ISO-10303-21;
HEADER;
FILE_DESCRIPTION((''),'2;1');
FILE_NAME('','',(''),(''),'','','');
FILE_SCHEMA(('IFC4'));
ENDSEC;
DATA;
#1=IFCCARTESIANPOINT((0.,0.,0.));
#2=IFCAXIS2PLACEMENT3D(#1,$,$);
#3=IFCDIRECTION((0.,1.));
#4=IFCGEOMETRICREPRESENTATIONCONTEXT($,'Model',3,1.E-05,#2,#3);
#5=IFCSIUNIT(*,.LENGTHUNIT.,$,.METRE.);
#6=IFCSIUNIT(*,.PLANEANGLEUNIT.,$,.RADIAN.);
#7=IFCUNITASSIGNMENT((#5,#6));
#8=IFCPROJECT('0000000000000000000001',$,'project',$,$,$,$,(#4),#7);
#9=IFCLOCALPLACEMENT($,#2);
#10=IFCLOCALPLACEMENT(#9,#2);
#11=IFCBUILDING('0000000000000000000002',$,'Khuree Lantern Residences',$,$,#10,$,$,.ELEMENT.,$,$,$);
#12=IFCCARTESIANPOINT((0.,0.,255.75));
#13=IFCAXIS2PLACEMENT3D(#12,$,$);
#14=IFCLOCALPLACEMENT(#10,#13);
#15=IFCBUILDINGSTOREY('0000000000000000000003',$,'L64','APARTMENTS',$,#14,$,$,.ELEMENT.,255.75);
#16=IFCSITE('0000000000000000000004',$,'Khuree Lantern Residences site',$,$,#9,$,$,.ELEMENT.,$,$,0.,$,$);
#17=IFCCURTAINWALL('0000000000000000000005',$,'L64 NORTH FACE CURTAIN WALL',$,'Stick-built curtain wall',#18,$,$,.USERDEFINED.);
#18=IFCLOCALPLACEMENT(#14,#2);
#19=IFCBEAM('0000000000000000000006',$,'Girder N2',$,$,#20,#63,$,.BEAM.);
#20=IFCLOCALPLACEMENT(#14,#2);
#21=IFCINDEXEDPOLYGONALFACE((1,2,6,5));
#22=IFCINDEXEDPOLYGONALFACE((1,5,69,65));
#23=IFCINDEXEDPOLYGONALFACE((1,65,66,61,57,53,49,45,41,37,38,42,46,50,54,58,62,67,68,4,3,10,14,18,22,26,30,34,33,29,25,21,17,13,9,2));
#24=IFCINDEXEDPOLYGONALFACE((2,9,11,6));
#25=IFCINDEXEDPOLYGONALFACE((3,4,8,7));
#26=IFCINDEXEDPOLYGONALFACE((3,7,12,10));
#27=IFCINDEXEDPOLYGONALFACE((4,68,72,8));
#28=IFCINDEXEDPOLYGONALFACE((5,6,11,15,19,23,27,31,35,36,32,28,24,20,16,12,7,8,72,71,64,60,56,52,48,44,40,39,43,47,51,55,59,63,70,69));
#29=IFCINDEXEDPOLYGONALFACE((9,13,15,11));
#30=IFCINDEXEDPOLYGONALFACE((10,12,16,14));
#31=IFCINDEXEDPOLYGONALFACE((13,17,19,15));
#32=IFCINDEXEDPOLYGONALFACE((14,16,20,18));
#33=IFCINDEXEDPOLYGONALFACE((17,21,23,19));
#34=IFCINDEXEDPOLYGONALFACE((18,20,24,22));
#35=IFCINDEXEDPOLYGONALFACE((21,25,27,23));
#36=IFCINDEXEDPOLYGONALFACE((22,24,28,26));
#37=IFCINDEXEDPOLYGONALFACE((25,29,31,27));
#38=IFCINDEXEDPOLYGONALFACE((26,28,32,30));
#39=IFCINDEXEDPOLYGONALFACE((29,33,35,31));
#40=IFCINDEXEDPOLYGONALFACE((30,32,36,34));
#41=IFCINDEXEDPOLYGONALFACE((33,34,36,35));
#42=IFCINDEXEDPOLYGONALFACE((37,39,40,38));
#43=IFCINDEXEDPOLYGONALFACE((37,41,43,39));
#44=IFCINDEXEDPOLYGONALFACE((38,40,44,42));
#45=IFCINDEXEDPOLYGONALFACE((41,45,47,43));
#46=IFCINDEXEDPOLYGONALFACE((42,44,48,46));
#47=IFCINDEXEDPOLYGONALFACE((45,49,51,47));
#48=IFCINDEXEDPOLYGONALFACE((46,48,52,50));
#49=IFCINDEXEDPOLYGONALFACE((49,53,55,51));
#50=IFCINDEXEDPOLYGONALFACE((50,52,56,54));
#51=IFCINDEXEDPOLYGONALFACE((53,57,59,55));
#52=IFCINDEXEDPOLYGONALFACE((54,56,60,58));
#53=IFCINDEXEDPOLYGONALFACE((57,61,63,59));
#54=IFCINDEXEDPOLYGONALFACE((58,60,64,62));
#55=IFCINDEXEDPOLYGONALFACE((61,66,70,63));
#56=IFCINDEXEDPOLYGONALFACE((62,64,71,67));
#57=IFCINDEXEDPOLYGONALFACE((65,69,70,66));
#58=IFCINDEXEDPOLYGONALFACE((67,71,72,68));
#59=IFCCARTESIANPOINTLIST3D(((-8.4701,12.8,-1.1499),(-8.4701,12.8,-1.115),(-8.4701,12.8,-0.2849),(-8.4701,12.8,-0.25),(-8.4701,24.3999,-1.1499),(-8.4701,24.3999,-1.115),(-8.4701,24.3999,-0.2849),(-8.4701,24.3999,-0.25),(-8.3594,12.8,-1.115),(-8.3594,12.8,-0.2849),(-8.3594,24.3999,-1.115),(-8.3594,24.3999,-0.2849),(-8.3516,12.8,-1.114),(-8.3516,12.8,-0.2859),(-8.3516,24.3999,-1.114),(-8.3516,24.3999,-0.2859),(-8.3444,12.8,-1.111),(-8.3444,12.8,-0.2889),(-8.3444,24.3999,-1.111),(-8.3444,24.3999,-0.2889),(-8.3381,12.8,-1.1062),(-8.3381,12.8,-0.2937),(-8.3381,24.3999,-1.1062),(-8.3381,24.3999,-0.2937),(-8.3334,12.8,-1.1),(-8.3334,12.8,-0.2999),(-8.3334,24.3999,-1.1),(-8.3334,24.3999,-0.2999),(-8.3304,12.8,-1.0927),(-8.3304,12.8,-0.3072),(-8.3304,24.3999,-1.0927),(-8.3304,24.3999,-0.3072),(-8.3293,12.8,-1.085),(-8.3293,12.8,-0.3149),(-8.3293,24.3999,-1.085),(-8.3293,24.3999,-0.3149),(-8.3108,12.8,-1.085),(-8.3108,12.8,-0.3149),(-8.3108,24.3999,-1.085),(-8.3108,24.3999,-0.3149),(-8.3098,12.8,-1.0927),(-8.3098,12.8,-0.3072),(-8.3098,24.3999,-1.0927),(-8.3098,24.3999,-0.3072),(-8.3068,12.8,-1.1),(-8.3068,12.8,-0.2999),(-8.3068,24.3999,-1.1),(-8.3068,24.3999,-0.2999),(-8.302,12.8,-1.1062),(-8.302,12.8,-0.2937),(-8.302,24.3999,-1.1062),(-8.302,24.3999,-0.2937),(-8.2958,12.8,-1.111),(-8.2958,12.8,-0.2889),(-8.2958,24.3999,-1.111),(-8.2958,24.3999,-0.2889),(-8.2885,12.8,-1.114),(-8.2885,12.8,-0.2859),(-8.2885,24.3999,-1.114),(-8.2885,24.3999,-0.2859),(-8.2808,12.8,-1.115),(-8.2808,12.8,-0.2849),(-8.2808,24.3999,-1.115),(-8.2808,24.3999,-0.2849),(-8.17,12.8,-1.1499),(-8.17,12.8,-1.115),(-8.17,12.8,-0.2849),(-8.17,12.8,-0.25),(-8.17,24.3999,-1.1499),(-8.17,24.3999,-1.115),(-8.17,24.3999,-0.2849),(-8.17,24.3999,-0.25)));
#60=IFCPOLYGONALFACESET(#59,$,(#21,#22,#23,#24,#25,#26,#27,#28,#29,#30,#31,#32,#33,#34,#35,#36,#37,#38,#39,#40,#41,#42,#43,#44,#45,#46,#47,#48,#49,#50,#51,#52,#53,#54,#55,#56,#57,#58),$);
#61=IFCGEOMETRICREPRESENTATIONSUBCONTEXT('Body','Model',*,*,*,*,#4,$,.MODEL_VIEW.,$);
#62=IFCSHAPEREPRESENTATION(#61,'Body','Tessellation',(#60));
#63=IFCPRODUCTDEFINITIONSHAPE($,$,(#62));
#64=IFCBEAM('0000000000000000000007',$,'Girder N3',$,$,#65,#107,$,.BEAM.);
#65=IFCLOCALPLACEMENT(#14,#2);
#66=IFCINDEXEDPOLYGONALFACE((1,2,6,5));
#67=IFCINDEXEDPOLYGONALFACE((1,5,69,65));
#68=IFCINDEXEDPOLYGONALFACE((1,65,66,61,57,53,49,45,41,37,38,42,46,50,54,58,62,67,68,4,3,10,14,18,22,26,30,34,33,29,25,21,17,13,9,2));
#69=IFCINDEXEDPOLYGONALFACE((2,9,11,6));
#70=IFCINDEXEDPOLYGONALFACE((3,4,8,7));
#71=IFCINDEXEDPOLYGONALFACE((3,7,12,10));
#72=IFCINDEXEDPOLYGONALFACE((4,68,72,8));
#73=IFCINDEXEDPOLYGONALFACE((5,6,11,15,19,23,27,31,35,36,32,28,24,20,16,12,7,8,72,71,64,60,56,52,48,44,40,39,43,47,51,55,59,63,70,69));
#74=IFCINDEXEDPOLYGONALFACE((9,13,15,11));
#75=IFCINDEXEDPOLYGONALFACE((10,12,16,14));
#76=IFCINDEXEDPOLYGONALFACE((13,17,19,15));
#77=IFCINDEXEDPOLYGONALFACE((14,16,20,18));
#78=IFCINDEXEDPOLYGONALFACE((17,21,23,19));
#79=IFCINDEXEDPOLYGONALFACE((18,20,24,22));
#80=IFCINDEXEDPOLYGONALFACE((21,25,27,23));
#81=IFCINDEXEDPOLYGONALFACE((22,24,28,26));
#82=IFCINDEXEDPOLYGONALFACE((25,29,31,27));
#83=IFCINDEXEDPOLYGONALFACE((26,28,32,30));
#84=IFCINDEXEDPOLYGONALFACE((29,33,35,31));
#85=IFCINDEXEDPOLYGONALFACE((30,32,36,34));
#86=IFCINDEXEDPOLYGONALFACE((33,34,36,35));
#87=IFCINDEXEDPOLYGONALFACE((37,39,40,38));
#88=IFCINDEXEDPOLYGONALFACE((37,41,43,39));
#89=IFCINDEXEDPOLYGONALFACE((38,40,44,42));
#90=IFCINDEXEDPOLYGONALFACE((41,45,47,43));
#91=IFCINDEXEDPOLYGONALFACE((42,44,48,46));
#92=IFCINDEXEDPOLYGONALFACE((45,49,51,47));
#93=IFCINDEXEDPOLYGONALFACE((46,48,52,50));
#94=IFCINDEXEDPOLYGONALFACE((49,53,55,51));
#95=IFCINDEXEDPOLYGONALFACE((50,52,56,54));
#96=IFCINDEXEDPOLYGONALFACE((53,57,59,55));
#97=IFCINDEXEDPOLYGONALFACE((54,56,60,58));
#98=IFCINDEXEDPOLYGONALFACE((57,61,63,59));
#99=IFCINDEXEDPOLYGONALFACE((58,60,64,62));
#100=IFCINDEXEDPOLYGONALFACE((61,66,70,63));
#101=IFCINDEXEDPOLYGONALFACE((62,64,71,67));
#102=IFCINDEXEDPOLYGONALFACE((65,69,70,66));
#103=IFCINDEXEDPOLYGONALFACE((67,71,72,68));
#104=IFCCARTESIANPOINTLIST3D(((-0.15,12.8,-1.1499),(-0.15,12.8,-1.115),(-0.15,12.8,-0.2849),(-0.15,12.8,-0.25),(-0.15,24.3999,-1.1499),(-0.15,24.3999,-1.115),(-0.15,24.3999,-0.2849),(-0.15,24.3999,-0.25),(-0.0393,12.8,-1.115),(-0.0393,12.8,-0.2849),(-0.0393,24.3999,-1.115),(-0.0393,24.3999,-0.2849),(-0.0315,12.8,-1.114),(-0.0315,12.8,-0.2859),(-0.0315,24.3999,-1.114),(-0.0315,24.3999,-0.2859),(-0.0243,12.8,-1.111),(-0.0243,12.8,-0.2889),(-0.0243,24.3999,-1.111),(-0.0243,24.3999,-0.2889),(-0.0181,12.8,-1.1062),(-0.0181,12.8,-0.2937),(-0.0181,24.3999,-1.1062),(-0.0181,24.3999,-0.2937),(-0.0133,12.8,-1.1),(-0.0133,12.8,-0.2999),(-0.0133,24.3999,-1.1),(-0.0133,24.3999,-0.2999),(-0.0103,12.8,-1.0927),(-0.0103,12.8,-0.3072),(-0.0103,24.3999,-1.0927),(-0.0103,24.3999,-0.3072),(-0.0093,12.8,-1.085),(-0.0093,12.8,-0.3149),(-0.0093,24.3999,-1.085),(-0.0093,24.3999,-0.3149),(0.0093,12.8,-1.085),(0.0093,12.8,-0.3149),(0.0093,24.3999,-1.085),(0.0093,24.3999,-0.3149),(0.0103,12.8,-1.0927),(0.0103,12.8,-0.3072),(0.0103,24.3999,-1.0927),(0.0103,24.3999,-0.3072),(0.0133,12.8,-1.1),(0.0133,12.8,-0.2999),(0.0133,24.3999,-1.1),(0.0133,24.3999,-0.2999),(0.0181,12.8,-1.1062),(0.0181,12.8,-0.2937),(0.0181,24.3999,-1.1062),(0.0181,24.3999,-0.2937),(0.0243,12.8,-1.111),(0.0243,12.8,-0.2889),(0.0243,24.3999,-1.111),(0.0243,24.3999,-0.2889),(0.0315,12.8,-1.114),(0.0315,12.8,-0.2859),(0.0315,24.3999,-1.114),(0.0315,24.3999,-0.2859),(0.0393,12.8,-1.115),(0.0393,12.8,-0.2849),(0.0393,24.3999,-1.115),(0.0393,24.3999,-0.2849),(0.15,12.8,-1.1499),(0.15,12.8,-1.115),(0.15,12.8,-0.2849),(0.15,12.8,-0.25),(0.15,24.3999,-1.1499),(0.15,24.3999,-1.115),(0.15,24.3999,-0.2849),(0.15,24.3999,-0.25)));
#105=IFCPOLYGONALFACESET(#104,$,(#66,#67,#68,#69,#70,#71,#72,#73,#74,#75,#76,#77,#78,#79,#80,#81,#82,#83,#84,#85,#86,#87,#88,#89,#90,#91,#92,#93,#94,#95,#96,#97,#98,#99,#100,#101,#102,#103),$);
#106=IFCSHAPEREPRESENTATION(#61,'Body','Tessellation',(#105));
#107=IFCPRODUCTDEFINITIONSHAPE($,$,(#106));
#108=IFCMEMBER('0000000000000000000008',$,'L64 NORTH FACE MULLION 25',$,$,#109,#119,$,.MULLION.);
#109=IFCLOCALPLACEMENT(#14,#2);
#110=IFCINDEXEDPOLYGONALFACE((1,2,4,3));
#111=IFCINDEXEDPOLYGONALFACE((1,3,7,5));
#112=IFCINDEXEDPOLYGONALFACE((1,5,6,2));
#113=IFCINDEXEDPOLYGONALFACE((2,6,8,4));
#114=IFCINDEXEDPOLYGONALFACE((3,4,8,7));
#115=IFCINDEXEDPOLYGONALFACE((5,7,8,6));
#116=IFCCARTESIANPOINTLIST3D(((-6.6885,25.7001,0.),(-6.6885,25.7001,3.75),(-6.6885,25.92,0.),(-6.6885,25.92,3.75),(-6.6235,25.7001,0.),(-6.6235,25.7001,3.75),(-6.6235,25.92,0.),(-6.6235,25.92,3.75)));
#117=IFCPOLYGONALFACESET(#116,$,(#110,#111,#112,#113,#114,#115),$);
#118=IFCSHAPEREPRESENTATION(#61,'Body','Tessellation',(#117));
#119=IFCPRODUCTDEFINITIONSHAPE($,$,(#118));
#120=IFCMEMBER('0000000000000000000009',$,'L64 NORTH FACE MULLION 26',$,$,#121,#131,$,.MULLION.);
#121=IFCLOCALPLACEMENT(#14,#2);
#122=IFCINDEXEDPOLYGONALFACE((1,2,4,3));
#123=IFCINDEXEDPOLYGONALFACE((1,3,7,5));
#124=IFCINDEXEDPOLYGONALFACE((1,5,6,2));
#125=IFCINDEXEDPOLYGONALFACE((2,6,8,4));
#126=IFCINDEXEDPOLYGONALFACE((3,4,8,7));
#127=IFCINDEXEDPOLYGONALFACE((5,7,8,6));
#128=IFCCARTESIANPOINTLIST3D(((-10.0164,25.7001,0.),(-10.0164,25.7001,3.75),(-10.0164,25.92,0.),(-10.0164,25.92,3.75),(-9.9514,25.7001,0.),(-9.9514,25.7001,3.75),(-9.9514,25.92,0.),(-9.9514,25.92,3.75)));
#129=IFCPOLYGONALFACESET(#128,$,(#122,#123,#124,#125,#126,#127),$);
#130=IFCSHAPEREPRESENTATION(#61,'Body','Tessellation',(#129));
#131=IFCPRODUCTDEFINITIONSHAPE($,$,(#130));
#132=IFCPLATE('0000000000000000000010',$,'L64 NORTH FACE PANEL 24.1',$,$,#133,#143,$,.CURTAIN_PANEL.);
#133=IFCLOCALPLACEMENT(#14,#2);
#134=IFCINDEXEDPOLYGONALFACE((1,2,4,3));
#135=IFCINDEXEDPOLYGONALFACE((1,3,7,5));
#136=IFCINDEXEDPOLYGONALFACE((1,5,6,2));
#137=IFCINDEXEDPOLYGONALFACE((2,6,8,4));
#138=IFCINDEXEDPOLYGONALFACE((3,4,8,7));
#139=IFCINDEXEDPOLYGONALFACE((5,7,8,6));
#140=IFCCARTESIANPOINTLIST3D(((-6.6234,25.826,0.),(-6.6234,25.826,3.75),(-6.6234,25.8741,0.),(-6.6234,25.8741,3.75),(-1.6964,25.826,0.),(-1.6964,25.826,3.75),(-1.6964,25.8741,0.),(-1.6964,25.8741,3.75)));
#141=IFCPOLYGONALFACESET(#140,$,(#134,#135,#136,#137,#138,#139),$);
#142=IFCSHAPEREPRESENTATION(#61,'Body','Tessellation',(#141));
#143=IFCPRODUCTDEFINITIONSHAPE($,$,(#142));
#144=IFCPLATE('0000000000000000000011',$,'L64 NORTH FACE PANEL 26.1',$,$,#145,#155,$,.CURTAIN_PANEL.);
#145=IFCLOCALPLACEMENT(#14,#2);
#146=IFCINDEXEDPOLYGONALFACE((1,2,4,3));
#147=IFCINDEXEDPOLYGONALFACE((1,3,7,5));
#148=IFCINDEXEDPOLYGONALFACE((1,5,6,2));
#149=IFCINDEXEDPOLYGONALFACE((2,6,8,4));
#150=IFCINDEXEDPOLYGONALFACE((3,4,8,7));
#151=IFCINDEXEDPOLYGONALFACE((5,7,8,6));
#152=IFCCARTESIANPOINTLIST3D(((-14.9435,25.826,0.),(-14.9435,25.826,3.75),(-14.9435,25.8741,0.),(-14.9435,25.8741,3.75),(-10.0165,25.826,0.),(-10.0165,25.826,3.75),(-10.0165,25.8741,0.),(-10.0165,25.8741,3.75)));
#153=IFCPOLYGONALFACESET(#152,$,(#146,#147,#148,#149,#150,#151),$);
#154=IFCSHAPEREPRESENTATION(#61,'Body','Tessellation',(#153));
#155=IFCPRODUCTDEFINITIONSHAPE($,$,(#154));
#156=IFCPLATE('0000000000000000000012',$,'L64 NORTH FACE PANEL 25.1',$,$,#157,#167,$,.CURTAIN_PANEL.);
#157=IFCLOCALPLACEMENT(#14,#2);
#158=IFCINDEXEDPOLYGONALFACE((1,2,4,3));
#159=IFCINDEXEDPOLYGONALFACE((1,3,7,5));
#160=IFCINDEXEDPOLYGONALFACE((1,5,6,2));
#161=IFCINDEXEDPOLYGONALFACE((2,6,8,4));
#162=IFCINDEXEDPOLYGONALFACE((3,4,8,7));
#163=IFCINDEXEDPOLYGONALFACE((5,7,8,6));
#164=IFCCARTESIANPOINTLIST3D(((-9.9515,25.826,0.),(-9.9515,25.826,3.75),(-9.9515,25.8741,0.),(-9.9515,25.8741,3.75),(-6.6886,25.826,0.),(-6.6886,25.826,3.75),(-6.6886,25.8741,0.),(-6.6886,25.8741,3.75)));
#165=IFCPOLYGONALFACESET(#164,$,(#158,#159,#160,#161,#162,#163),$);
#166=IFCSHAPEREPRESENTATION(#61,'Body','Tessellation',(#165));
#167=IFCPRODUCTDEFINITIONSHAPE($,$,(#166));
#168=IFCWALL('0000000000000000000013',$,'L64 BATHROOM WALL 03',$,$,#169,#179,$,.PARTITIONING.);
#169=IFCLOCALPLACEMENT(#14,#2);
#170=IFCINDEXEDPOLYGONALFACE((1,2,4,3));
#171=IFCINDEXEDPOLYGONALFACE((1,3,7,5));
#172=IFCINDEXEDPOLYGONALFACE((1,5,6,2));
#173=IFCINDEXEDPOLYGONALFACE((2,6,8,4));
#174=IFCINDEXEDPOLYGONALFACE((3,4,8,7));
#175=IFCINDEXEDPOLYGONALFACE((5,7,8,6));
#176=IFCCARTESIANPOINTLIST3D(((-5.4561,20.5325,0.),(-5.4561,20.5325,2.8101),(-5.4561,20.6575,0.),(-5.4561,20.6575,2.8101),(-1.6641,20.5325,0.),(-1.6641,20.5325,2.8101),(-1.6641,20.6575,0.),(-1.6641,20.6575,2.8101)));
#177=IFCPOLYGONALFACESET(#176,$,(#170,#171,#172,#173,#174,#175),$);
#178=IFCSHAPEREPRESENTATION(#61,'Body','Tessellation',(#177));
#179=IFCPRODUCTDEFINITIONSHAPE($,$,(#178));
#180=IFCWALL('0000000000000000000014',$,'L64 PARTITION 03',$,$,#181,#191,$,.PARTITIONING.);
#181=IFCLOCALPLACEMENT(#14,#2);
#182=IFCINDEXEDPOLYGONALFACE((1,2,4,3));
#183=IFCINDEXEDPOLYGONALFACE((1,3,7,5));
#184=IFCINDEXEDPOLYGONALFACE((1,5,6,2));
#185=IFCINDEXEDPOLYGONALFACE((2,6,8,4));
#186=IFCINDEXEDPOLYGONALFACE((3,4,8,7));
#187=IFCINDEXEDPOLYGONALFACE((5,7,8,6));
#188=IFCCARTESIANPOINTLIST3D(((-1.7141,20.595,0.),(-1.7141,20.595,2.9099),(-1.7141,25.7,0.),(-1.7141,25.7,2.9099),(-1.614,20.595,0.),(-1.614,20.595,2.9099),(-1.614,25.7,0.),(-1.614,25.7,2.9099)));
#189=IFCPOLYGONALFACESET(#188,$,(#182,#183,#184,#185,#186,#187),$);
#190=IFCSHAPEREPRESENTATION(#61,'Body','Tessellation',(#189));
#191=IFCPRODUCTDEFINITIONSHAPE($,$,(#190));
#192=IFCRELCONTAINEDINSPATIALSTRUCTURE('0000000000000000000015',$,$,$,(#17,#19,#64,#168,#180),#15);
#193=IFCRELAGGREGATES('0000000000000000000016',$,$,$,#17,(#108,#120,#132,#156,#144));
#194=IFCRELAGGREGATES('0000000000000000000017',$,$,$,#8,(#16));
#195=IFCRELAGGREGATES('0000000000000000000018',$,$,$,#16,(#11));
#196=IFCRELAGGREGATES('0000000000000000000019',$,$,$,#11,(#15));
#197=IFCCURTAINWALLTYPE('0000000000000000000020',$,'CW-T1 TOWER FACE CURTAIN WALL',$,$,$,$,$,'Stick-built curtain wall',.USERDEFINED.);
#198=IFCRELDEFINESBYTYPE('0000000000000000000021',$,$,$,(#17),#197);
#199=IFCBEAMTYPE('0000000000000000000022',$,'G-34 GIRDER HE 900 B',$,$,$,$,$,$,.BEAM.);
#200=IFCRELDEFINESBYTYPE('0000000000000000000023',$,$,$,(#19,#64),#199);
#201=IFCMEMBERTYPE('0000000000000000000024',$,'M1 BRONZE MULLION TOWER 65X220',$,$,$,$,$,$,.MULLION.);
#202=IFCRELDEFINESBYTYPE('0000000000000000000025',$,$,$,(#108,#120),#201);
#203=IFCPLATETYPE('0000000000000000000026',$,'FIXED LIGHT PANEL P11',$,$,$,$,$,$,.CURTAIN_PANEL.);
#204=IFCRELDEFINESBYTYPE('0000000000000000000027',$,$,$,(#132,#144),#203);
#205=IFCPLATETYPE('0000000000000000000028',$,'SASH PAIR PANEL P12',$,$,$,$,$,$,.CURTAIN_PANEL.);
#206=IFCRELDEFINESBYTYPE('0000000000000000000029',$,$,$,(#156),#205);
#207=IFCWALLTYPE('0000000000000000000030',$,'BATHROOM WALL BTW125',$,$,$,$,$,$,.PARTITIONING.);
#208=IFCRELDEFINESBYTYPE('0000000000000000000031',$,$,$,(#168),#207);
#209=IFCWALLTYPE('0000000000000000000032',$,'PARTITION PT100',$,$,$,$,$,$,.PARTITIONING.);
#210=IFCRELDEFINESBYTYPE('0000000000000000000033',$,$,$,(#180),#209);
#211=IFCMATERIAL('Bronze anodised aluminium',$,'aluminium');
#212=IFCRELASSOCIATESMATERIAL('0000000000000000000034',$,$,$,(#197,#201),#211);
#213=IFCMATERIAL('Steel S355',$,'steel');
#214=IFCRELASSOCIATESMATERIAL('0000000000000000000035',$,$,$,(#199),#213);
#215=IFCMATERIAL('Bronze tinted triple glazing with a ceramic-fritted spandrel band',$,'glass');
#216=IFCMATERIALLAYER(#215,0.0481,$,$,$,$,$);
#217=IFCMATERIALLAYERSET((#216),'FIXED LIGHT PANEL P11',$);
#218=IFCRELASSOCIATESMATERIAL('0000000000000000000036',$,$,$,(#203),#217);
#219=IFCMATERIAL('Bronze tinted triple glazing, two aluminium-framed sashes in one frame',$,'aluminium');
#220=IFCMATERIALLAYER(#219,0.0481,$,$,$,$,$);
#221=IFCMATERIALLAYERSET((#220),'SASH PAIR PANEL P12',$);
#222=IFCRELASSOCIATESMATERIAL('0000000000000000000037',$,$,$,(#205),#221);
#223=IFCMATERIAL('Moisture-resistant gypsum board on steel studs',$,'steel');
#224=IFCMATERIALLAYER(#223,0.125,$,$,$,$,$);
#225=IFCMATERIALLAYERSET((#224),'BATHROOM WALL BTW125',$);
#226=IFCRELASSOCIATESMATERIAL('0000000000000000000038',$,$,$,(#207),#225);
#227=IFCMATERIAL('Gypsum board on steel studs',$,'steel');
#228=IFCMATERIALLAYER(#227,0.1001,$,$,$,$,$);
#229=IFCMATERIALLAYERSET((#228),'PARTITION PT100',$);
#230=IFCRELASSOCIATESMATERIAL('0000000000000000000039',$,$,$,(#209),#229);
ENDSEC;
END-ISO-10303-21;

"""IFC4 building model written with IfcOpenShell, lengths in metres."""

from ifc_helpers import new_model, si_unit, direction, frame, frame_2d, origin, origin_2d, place, context, subcontext, project, spatial, rectangle, i_section, extrude, material, layer, layer_set, material_profile, profile_set, type_object, element, aggregate, save


model = new_model("IFC4")

# Units and contexts
model_context = context("Model", 3, precision=1e-05, world=origin(), true_north=direction((0.0, 1.0)))
body_context = subcontext(model_context, "Body", "Model", "MODEL_VIEW")
ifc_project = project(units=[si_unit("LENGTHUNIT", "METRE"), si_unit("PLANEANGLEUNIT", "RADIAN")], contexts=[model_context])

# Site, building, storey
site_placement = place(None, origin())
site = spatial("IfcSite", under=ifc_project, at=site_placement, Name="Khuree Lantern Residences site", CompositionType="ELEMENT", RefElevation=0.0)
building_placement = place(site_placement, origin())
building = spatial("IfcBuilding", under=site, at=building_placement, Name="Khuree Lantern Residences", CompositionType="ELEMENT")
storey_placement = place(building_placement, frame((0.0, 0.0, 255.75)))
storey = spatial("IfcBuildingStorey", under=building, at=storey_placement, Name="L64", Description="APARTMENTS", CompositionType="ELEMENT", Elevation=255.75)

# Shared definitions
ifc_material_1 = material(Name="Steel S355", Category="steel")

# Curtain wall
ifc_material_2 = material(Name="Bronze anodised aluminium", Category="aluminium")
curtain_wall_type = type_object("IfcCurtainWallType", Name="CW-T1 TOWER FACE CURTAIN WALL", ElementType="Stick-built curtain wall", PredefinedType="USERDEFINED", material=ifc_material_2)
curtain_wall_placement = place(storey_placement, origin())
curtain_wall = element("IfcCurtainWall", 1, at=curtain_wall_placement, inside=storey, type_object=curtain_wall_type, Name="L64 NORTH FACE CURTAIN WALL", ObjectType="Stick-built curtain wall", PredefinedType="USERDEFINED")

# Beams
ifc_material_profile_1 = material_profile(ifc_material_1, i_section(OverallWidth=0.3, OverallDepth=0.8999, WebThickness=0.0186, FlangeThickness=0.0349, FilletRadius=0.03, at=origin_2d()), Name="HE 900 B")
ifc_profile_set_1 = profile_set([ifc_material_profile_1], Name="Steel S355")
beam_type_1 = type_object("IfcBeamType", Name="G-34 GIRDER HE 900 B", PredefinedType="BEAM", material=ifc_profile_set_1)
for number, where, z_axis, x_axis, name in (
    (2, (-8.3201, 24.3999, -0.7), (0.0, -1.0, 0.0), (1.0, 0.0, 0.0), "Girder N2"),
    (3, (0.0, 24.3999, -0.7), (0.0, -1.0, 0.0), (1.0, 0.0, 0.0), "Girder N3"),
):
    element("IfcBeam", number, at=place(storey_placement, frame(where, z_axis=z_axis, x_axis=x_axis)), inside=storey, type_object=beam_type_1, Name=name, PredefinedType="BEAM", context=body_context, shape_type="SweptSolid", body=[
        extrude(i_section(OverallWidth=0.3, OverallDepth=0.8999, WebThickness=0.0186, FlangeThickness=0.0349, FilletRadius=0.03, at=origin_2d()), origin(), (0.0, 0.0, 1.0), 11.5999),
    ])

# Members
ifc_material_profile_2 = material_profile(ifc_material_2, rectangle(XDim=0.0649, YDim=0.22, at=origin_2d()), Name="M1 65X220")
ifc_profile_set_2 = profile_set([ifc_material_profile_2], Name="Bronze anodised aluminium")
member_type_1 = type_object("IfcMemberType", Name="M1 BRONZE MULLION TOWER 65X220", PredefinedType="MULLION", material=ifc_profile_set_2)
member_1_placement = place(storey_placement, frame((-6.656, 25.8101, 0.0), z_axis=(0.0, 0.0, 1.0), x_axis=(-1.0, 0.0, 0.0)))
member_1 = element("IfcMember", 4, at=member_1_placement, type_object=member_type_1, Name="L64 NORTH FACE MULLION 25", PredefinedType="MULLION", context=body_context, shape_type="SweptSolid", body=[
    extrude(rectangle(XDim=0.0649, YDim=0.22, at=origin_2d()), origin(), (0.0, 0.0, 1.0), 3.75),
])
member_2_placement = place(storey_placement, frame((-9.9839, 25.8101, 0.0), z_axis=(0.0, 0.0, 1.0), x_axis=(-1.0, 0.0, 0.0)))
member_2 = element("IfcMember", 5, at=member_2_placement, type_object=member_type_1, Name="L64 NORTH FACE MULLION 26", PredefinedType="MULLION", context=body_context, shape_type="SweptSolid", body=[
    extrude(rectangle(XDim=0.0649, YDim=0.22, at=origin_2d()), origin(), (0.0, 0.0, 1.0), 3.75),
])

# Plates
ifc_material_3 = material(Name="Bronze tinted triple glazing with a ceramic-fritted spandrel band", Category="glass")
ifc_layer_1 = layer(ifc_material_3, 0.0481)
ifc_layer_set_1 = layer_set([ifc_layer_1], Name="FIXED LIGHT PANEL P11")
plate_type_1 = type_object("IfcPlateType", Name="FIXED LIGHT PANEL P11", PredefinedType="CURTAIN_PANEL", material=ifc_layer_set_1)
plate_1_placement = place(storey_placement, frame((-4.1599, 25.8501, 0.0), z_axis=(0.0, 0.0, 1.0), x_axis=(-1.0, 0.0, 0.0)))
plate_1 = element("IfcPlate", 6, at=plate_1_placement, type_object=plate_type_1, Name="L64 NORTH FACE PANEL 24.1", PredefinedType="CURTAIN_PANEL", context=body_context, shape_type="SweptSolid", body=[
    extrude(rectangle(XDim=4.927, YDim=0.0481, at=origin_2d()), origin(), (0.0, 0.0, 1.0), 3.75),
])
plate_2_placement = place(storey_placement, frame((-12.48, 25.8501, 0.0), z_axis=(0.0, 0.0, 1.0), x_axis=(-1.0, 0.0, 0.0)))
plate_2 = element("IfcPlate", 7, at=plate_2_placement, type_object=plate_type_1, Name="L64 NORTH FACE PANEL 26.1", PredefinedType="CURTAIN_PANEL", context=body_context, shape_type="SweptSolid", body=[
    extrude(rectangle(XDim=4.927, YDim=0.0481, at=origin_2d()), origin(), (0.0, 0.0, 1.0), 3.75),
])
ifc_material_4 = material(Name="Bronze tinted triple glazing, two aluminium-framed sashes in one frame", Category="aluminium")
ifc_layer_2 = layer(ifc_material_4, 0.0481)
ifc_layer_set_2 = layer_set([ifc_layer_2], Name="SASH PAIR PANEL P12")
plate_type_2 = type_object("IfcPlateType", Name="SASH PAIR PANEL P12", PredefinedType="CURTAIN_PANEL", material=ifc_layer_set_2)
plate_3_placement = place(storey_placement, frame((-8.3201, 25.8501, 0.0), z_axis=(0.0, 0.0, 1.0), x_axis=(-1.0, 0.0, 0.0)))
plate_3 = element("IfcPlate", 8, at=plate_3_placement, type_object=plate_type_2, Name="L64 NORTH FACE PANEL 25.1", PredefinedType="CURTAIN_PANEL", context=body_context, shape_type="SweptSolid", body=[
    extrude(rectangle(XDim=3.2629, YDim=0.0481, at=origin_2d()), origin(), (0.0, 0.0, 1.0), 3.75),
])
aggregate(curtain_wall, [member_1, member_2, plate_1, plate_3, plate_2])

# Walls
ifc_material_5 = material(Name="Moisture-resistant gypsum board on steel studs", Category="steel")
ifc_layer_3 = layer(ifc_material_5, 0.125)
ifc_layer_set_3 = layer_set([ifc_layer_3], Name="BATHROOM WALL BTW125")
wall_type_1 = type_object("IfcWallType", Name="BATHROOM WALL BTW125", PredefinedType="PARTITIONING", material=ifc_layer_set_3)
wall_1_placement = place(storey_placement, frame((-1.6641, 20.595, 0.0), z_axis=(0.0, 0.0, 1.0), x_axis=(-1.0, 0.0, 0.0)))
element("IfcWall", 9, at=wall_1_placement, inside=storey, type_object=wall_type_1, Name="L64 BATHROOM WALL 03", PredefinedType="PARTITIONING", context=body_context, shape_type="SweptSolid", body=[
    extrude(rectangle(XDim=3.792, YDim=0.125, at=frame_2d((1.896, 0.0))), origin(), (0.0, 0.0, 1.0), 2.8101),
])
ifc_material_6 = material(Name="Gypsum board on steel studs", Category="steel")
ifc_layer_4 = layer(ifc_material_6, 0.1001)
ifc_layer_set_4 = layer_set([ifc_layer_4], Name="PARTITION PT100")
wall_type_2 = type_object("IfcWallType", Name="PARTITION PT100", PredefinedType="PARTITIONING", material=ifc_layer_set_4)
for number, where, z_axis, x_axis, name in (
    (10, (-1.6641, 20.595, 0.0), (0.0, 0.0, 1.0), (0.0, 1.0, 0.0), "L64 PARTITION 03"),
):
    element("IfcWall", number, at=place(storey_placement, frame(where, z_axis=z_axis, x_axis=x_axis)), inside=storey, type_object=wall_type_2, Name=name, PredefinedType="PARTITIONING", context=body_context, shape_type="SweptSolid", body=[
        extrude(rectangle(XDim=5.105, YDim=0.1001, at=frame_2d((2.5525, 0.0))), origin(), (0.0, 0.0, 1.0), 2.9099),
    ])

save(model, "model.ifc")
